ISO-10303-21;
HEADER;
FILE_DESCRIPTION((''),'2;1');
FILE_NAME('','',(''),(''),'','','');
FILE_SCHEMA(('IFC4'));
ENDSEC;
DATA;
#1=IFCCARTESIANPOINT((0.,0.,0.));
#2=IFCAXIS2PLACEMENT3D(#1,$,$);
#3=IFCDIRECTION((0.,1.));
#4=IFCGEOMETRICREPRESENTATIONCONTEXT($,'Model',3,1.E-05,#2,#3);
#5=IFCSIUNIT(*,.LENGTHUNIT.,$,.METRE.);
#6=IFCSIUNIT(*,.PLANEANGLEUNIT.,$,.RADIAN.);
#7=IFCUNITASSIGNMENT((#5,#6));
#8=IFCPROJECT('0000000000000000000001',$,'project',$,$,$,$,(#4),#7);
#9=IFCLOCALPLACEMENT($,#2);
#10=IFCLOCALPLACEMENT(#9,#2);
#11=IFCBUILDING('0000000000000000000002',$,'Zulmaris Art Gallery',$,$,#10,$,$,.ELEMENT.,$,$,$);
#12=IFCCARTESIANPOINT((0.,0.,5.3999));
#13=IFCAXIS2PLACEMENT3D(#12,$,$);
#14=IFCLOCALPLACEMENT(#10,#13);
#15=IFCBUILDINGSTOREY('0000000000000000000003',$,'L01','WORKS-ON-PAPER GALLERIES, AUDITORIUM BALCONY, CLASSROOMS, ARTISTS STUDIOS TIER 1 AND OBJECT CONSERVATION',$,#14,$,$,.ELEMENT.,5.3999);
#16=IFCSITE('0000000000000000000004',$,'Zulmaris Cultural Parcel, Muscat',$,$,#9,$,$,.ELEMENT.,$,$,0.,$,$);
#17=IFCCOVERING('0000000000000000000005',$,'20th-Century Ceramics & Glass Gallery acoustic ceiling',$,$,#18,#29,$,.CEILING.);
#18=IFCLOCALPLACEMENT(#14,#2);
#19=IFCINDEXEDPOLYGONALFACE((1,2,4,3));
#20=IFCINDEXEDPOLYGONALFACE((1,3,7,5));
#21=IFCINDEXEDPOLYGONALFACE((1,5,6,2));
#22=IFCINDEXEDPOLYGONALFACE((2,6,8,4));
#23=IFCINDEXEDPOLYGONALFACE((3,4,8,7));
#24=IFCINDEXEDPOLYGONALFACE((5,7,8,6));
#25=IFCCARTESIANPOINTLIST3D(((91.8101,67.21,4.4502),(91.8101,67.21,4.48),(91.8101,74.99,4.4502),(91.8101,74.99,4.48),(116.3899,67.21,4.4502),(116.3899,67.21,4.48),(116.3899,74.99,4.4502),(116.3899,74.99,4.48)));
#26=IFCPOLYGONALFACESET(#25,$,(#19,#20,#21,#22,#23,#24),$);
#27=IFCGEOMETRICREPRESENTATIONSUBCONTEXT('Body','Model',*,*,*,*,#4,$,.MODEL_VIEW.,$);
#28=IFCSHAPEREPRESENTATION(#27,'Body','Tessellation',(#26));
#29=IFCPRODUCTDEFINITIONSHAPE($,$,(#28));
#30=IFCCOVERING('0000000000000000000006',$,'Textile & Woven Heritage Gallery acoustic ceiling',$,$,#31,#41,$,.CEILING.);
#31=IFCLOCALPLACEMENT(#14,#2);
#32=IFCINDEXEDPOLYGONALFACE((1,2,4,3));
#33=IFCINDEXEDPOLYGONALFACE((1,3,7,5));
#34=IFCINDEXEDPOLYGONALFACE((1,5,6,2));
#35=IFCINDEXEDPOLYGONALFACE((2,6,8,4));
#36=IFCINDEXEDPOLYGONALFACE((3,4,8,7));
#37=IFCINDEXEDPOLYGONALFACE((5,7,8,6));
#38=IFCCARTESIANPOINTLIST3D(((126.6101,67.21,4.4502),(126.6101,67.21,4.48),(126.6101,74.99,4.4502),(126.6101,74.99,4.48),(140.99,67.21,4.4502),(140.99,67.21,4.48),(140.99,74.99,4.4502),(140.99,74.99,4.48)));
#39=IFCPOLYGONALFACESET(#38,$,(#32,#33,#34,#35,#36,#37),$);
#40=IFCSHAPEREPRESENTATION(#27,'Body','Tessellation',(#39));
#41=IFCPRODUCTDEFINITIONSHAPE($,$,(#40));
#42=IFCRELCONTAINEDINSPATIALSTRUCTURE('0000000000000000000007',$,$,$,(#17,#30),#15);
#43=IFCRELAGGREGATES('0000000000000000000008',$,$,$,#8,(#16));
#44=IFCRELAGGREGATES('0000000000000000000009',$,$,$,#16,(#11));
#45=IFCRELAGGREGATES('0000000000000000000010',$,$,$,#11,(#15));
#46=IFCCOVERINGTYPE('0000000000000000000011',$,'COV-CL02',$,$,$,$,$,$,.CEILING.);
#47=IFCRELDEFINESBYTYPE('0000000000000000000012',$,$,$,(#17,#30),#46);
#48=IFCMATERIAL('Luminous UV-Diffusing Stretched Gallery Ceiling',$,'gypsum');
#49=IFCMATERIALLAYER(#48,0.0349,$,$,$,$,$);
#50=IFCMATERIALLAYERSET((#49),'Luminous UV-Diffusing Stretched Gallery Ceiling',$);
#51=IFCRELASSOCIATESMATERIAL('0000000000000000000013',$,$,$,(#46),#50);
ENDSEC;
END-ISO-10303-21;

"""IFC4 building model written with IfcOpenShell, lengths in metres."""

from ifc_helpers import new_model, si_unit, direction, frame, origin, place, context, subcontext, project, spatial, polyline, outline, extrude, material, layer, layer_set, type_object, element, save


model = new_model("IFC4")

# Units and contexts
model_context = context("Model", 3, precision=1e-05, world=origin(), true_north=direction((0.0, 1.0)))
body_context = subcontext(model_context, "Body", "Model", "MODEL_VIEW")
ifc_project = project(units=[si_unit("LENGTHUNIT", "METRE"), si_unit("PLANEANGLEUNIT", "RADIAN")], contexts=[model_context])

# Site, building, storey
site_placement = place(None, origin())
site = spatial("IfcSite", under=ifc_project, at=site_placement, Name="Zulmaris Cultural Parcel, Muscat", CompositionType="ELEMENT", RefElevation=0.0)
building_placement = place(site_placement, origin())
building = spatial("IfcBuilding", under=site, at=building_placement, Name="Zulmaris Art Gallery", CompositionType="ELEMENT")
storey_placement = place(building_placement, frame((0.0, 0.0, 5.3999)))
storey = spatial("IfcBuildingStorey", under=building, at=storey_placement, Name="L01", Description="WORKS-ON-PAPER GALLERIES, AUDITORIUM BALCONY, CLASSROOMS, ARTISTS STUDIOS TIER 1 AND OBJECT CONSERVATION", CompositionType="ELEMENT", Elevation=5.3999)

# Coverings
ifc_material_1 = material(Name="Luminous UV-Diffusing Stretched Gallery Ceiling", Category="gypsum")
ifc_layer_1 = layer(ifc_material_1, 0.0349)
ifc_layer_set_1 = layer_set([ifc_layer_1], Name="Luminous UV-Diffusing Stretched Gallery Ceiling")
covering_type_1 = type_object("IfcCoveringType", Name="COV-CL02", PredefinedType="CEILING", material=ifc_layer_set_1)
covering_1_placement = place(storey_placement, frame((0.0, 0.0, 4.4502)))
element("IfcCovering", 1, at=covering_1_placement, inside=storey, type_object=covering_type_1, Name="20th-Century Ceramics & Glass Gallery acoustic ceiling", PredefinedType="CEILING", context=body_context, shape_type="SweptSolid", body=[
    extrude(outline(polyline([(91.8101, 74.99), (116.3899, 74.99), (116.3899, 67.21), (91.8101, 67.21), (91.8101, 74.99)])), origin(), (0.0, 0.0, 1.0), 0.0298),
])
covering_2_placement = place(storey_placement, frame((0.0, 0.0, 4.4502)))
element("IfcCovering", 2, at=covering_2_placement, inside=storey, type_object=covering_type_1, Name="Textile & Woven Heritage Gallery acoustic ceiling", PredefinedType="CEILING", context=body_context, shape_type="SweptSolid", body=[
    extrude(outline(polyline([(126.6101, 74.99), (140.99, 74.99), (140.99, 67.21), (126.6101, 67.21), (126.6101, 74.99)])), origin(), (0.0, 0.0, 1.0), 0.0298),
])

save(model, "model.ifc")
